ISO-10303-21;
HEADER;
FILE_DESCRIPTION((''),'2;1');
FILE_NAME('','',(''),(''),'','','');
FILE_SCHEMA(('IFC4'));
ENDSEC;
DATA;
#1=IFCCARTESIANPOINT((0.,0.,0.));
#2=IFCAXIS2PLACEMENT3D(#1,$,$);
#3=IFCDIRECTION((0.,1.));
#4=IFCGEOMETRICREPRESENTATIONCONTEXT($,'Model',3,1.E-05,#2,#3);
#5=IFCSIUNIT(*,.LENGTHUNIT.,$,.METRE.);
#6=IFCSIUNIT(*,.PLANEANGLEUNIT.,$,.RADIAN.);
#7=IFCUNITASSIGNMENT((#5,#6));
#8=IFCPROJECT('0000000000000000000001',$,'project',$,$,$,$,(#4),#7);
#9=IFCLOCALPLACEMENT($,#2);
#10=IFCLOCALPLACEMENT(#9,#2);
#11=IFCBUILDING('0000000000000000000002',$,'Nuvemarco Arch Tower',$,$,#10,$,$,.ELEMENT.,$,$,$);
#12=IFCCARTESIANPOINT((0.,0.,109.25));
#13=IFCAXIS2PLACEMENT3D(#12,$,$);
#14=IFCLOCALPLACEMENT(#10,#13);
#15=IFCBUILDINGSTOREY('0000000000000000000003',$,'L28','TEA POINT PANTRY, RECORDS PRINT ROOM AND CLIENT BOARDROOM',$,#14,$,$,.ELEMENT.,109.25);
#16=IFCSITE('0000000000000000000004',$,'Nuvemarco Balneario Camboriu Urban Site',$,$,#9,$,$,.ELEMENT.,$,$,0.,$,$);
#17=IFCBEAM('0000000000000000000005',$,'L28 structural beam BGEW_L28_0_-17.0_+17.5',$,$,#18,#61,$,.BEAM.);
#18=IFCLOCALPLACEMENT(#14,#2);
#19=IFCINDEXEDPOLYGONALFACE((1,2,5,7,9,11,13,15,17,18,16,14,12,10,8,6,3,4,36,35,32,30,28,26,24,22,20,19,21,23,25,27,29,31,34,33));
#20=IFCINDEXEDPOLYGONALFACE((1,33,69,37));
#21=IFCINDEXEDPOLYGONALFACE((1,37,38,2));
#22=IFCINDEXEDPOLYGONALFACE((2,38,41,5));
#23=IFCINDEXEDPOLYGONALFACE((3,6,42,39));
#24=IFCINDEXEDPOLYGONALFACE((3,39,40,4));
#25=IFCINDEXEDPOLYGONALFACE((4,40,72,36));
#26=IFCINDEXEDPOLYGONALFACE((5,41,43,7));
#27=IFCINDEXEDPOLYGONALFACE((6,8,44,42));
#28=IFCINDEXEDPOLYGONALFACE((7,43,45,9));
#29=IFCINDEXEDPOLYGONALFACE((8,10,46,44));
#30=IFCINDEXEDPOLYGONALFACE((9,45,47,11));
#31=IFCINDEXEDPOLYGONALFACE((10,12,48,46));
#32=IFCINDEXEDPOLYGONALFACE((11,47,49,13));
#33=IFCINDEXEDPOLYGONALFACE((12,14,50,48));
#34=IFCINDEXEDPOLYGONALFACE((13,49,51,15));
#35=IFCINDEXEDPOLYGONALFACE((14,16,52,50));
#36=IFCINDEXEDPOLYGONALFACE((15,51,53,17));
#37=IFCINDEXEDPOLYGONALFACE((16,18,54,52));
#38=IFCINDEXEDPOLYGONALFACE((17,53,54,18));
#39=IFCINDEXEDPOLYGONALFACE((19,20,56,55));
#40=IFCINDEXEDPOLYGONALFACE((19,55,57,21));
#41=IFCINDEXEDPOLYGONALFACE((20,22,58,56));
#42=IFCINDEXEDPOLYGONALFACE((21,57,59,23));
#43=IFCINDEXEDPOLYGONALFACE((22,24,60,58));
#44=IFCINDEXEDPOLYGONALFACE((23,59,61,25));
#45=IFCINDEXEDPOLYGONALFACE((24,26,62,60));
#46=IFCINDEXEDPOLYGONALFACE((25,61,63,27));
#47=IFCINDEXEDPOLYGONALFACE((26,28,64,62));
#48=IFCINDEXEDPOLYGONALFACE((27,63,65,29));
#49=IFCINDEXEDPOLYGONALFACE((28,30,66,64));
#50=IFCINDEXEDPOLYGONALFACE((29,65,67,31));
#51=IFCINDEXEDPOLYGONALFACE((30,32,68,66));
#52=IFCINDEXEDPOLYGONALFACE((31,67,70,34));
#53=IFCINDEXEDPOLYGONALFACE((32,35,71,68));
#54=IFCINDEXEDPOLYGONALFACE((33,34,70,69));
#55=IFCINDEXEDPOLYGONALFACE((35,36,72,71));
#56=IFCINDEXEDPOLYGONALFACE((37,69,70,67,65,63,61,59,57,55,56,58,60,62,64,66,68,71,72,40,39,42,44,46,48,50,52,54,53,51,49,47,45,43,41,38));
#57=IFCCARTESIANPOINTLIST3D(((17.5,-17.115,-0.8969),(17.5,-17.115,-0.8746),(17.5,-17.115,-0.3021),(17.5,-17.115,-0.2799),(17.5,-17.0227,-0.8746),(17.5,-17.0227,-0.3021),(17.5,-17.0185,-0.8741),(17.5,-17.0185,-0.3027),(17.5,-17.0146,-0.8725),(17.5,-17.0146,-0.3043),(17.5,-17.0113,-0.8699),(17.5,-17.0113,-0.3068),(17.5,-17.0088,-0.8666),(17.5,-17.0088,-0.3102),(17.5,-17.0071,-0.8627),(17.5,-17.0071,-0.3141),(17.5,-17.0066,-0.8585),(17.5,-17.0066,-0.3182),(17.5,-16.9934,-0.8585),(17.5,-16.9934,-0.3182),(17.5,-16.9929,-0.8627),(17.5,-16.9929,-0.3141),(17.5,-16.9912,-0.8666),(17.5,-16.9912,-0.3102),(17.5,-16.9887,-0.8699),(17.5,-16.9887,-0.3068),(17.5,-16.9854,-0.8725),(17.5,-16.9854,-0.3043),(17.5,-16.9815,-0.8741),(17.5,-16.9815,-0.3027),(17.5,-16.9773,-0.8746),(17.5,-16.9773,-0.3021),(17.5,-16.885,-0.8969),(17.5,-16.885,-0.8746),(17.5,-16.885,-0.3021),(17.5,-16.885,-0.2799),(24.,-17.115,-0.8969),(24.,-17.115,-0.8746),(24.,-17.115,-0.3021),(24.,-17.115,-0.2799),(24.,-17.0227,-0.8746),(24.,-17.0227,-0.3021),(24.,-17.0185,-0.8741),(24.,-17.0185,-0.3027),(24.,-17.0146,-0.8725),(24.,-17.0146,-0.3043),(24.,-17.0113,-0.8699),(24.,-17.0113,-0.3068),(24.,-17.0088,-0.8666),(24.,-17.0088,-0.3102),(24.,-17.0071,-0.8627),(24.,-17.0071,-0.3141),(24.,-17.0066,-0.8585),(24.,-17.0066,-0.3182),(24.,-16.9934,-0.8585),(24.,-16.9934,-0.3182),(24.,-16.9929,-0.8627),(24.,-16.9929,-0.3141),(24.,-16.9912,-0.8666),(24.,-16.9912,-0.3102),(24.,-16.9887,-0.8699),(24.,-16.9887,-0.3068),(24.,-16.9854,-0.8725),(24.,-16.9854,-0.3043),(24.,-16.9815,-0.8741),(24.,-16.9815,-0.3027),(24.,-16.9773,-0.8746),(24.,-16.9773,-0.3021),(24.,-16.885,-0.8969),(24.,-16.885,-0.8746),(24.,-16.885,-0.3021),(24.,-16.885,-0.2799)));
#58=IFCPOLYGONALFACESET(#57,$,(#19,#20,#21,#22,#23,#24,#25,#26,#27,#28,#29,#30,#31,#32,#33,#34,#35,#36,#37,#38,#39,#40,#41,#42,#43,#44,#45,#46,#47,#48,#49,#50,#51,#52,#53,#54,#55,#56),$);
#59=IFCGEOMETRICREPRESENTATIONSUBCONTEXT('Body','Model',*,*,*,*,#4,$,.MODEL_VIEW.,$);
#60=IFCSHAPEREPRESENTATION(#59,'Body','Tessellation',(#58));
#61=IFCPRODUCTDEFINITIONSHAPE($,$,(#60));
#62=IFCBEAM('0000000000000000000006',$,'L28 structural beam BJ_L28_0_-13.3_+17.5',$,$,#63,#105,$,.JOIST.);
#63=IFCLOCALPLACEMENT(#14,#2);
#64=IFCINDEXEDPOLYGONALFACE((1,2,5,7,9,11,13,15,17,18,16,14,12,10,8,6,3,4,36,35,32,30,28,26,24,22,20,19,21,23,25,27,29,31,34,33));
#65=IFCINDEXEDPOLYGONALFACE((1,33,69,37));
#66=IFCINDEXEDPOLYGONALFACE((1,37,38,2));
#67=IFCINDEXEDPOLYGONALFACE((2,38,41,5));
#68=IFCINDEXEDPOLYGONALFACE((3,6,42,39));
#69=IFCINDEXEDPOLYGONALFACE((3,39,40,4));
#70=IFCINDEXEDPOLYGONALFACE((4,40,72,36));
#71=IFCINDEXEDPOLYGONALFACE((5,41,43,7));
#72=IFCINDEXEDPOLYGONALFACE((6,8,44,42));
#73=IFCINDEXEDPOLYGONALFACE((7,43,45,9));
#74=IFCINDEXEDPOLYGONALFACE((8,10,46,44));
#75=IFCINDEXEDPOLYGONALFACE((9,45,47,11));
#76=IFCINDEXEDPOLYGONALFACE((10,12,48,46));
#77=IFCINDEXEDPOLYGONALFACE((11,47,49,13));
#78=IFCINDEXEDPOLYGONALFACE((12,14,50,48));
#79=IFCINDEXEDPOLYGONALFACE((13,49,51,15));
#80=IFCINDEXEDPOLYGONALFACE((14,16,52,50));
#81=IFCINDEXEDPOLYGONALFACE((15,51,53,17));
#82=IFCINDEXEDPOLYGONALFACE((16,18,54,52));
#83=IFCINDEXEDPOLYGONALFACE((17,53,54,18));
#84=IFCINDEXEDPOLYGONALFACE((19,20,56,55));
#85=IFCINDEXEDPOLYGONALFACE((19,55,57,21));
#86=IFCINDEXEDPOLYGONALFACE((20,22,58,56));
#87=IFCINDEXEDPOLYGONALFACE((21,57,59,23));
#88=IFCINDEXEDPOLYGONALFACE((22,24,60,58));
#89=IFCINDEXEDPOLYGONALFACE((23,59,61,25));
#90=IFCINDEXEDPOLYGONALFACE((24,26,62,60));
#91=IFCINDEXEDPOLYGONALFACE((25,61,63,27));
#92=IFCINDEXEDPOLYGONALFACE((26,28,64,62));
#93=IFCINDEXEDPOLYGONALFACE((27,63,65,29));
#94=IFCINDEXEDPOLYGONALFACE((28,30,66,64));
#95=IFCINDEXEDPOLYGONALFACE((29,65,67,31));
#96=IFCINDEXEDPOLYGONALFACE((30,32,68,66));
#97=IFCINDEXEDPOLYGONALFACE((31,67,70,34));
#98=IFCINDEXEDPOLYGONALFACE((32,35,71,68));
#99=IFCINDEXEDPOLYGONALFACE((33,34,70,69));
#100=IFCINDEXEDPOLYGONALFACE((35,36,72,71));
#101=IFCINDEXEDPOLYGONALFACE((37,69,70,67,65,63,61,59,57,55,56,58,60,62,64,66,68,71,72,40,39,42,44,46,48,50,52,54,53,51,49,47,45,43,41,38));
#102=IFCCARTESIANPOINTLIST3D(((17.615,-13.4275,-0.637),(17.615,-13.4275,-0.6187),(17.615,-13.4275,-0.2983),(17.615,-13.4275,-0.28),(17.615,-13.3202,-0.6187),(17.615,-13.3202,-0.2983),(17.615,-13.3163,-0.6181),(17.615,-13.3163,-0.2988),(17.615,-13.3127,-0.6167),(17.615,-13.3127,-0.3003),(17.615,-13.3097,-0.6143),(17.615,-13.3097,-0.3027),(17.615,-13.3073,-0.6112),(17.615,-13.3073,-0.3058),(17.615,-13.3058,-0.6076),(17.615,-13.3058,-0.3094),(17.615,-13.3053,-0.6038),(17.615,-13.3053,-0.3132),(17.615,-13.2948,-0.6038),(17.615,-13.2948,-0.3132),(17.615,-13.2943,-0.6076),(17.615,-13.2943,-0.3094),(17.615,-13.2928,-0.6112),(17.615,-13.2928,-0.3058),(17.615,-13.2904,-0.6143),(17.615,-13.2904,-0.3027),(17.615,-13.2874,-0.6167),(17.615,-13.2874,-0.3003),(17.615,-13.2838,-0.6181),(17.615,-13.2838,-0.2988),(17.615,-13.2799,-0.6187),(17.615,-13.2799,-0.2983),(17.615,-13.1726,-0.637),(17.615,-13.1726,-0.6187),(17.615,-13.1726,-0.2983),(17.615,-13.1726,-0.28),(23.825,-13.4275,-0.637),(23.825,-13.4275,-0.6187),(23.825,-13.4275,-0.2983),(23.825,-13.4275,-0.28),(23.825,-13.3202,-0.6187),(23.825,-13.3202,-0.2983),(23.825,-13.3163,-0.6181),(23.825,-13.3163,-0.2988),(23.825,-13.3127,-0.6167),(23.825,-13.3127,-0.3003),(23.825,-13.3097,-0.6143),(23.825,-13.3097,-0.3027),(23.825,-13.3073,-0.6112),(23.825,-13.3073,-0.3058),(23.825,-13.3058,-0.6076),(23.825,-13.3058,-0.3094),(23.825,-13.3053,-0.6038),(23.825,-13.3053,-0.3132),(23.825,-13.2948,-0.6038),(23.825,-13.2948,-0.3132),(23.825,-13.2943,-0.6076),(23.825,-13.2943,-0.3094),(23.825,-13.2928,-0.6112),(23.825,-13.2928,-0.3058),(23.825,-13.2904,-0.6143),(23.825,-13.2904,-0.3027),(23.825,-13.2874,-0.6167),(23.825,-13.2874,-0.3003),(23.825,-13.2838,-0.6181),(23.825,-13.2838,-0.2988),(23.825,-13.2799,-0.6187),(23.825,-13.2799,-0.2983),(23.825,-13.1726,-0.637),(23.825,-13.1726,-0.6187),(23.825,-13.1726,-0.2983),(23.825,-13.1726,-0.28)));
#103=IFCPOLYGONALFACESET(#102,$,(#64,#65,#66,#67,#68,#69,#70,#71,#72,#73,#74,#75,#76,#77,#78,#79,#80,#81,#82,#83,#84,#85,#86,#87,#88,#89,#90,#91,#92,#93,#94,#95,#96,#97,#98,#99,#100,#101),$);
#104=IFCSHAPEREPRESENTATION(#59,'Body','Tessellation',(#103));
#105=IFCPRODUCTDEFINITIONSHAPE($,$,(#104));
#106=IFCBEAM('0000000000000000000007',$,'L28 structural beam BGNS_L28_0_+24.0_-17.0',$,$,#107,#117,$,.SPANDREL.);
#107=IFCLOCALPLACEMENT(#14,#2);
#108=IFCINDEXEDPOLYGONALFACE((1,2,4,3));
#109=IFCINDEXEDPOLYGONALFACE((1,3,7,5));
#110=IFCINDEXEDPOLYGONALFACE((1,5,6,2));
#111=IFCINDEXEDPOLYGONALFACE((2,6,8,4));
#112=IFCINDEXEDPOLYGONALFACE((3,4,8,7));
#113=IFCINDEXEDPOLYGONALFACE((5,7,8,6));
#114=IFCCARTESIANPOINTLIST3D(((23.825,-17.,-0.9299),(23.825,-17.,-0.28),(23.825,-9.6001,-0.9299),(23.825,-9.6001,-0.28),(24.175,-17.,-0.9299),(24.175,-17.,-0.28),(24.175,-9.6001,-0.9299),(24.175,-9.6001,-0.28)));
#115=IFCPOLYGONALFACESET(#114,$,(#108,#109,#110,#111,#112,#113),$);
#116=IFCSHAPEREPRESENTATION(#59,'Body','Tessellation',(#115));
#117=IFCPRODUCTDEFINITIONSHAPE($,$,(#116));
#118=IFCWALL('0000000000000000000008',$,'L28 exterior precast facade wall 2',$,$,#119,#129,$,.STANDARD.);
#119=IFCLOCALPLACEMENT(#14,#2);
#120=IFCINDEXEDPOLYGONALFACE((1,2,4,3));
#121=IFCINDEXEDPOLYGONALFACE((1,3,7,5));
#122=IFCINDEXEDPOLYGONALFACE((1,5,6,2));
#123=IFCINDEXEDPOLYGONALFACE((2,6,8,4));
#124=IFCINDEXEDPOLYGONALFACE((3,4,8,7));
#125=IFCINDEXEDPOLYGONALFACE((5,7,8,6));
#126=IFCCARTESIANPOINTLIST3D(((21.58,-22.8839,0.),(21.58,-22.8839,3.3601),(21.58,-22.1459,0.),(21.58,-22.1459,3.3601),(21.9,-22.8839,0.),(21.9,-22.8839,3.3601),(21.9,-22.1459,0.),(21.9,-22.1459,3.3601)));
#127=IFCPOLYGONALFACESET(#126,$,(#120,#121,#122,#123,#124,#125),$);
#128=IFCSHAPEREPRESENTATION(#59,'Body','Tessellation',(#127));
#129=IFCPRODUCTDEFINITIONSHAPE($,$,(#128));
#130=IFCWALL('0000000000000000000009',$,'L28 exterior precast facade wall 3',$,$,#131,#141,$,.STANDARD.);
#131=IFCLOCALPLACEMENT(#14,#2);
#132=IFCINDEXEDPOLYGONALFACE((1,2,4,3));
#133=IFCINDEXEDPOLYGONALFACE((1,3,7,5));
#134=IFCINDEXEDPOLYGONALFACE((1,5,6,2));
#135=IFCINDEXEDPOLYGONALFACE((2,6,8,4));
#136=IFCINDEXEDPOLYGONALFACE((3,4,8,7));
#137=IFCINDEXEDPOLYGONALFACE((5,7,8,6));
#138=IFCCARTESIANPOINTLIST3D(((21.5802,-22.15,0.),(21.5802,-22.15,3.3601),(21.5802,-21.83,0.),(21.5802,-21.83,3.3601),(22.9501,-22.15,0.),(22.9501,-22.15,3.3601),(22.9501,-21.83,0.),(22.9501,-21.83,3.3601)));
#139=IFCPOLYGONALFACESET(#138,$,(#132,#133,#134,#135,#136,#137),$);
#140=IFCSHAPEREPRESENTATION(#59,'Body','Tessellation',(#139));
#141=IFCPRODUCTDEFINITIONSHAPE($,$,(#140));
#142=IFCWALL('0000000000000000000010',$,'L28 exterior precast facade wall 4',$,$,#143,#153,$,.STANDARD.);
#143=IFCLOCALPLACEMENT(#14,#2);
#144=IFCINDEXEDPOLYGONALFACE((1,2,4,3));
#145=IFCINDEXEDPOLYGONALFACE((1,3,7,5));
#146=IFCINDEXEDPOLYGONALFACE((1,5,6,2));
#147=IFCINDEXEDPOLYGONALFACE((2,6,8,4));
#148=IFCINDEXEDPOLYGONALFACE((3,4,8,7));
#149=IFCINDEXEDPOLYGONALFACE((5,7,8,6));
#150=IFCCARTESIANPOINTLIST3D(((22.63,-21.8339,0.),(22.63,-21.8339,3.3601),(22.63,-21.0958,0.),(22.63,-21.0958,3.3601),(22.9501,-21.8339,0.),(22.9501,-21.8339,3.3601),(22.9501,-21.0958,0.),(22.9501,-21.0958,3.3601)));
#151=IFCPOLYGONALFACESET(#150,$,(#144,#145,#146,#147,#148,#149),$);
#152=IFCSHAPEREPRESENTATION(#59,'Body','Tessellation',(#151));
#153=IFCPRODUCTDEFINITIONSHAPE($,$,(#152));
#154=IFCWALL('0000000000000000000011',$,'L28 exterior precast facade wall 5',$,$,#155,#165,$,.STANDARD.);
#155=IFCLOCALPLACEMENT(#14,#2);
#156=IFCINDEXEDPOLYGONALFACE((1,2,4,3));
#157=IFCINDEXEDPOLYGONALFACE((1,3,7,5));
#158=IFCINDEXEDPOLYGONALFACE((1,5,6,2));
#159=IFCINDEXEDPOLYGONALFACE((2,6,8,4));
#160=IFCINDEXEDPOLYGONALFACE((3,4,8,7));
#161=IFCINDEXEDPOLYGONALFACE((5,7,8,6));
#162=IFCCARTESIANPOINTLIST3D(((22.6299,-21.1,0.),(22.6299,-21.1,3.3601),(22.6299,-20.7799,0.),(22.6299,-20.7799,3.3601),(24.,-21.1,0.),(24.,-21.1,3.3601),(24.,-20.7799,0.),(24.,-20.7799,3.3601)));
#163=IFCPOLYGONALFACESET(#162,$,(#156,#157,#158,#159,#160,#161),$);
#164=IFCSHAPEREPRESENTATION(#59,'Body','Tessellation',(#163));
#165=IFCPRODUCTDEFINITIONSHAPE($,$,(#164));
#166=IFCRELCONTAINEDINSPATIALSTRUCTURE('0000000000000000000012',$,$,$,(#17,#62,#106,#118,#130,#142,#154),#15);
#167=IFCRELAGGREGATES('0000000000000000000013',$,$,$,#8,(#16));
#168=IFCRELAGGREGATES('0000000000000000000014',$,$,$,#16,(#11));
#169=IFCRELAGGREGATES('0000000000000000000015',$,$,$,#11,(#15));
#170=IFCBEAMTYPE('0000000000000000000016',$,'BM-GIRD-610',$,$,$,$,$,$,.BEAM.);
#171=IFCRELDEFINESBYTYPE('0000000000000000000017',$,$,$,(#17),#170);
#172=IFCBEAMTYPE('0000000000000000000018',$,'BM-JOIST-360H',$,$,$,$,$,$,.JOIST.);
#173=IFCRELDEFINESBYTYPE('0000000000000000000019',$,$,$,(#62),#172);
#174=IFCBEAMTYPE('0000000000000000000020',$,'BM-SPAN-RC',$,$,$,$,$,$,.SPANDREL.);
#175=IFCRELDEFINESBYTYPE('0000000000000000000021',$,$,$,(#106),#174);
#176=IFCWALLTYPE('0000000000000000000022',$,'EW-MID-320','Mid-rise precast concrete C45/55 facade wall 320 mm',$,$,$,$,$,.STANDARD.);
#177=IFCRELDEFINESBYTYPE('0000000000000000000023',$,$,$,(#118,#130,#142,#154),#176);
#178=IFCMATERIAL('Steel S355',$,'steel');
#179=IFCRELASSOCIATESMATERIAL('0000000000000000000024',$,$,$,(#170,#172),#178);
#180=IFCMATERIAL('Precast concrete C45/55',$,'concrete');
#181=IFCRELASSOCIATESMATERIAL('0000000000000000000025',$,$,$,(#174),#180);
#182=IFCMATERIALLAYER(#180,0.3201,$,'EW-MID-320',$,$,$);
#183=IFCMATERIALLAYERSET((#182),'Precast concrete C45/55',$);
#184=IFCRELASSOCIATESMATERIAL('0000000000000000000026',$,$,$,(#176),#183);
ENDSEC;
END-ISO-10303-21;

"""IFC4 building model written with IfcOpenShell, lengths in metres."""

from ifc_helpers import new_model, si_unit, direction, frame, frame_2d, origin, origin_2d, place, context, subcontext, project, spatial, rectangle, i_section, extrude, material, layer, layer_set, material_profile, profile_set, type_object, element, save


model = new_model("IFC4")

# Units and contexts
model_context = context("Model", 3, precision=1e-05, world=origin(), true_north=direction((0.0, 1.0)))
body_context = subcontext(model_context, "Body", "Model", "MODEL_VIEW")
ifc_project = project(units=[si_unit("LENGTHUNIT", "METRE"), si_unit("PLANEANGLEUNIT", "RADIAN")], contexts=[model_context])

# Site, building, storey
site_placement = place(None, origin())
site = spatial("IfcSite", under=ifc_project, at=site_placement, Name="Nuvemarco Balneario Camboriu Urban Site", CompositionType="ELEMENT", RefElevation=0.0)
building_placement = place(site_placement, origin())
building = spatial("IfcBuilding", under=site, at=building_placement, Name="Nuvemarco Arch Tower", CompositionType="ELEMENT")
storey_placement = place(building_placement, frame((0.0, 0.0, 109.25)))
storey = spatial("IfcBuildingStorey", under=building, at=storey_placement, Name="L28", Description="TEA POINT PANTRY, RECORDS PRINT ROOM AND CLIENT BOARDROOM", CompositionType="ELEMENT", Elevation=109.25)

# Shared definitions
ifc_material_1 = material(Name="Steel S355", Category="steel")

# Beams
ifc_material_profile_1 = material_profile(ifc_material_1, i_section(OverallWidth=0.23, OverallDepth=0.6169, WebThickness=0.0132, FlangeThickness=0.0222, FilletRadius=0.0161, at=origin_2d()), Name="W610x140")
ifc_profile_set_1 = profile_set([ifc_material_profile_1], Name="Steel S355")
beam_type_1 = type_object("IfcBeamType", Name="BM-GIRD-610", PredefinedType="BEAM", material=ifc_profile_set_1)
beam_1_placement = place(storey_placement, frame((17.5, -17.0, -0.5884), z_axis=(1.0, 0.0, 0.0), x_axis=(0.0, 1.0, 0.0)))
element("IfcBeam", 1, at=beam_1_placement, inside=storey, type_object=beam_type_1, Name="L28 structural beam BGEW_L28_0_-17.0_+17.5", PredefinedType="BEAM", context=body_context, shape_type="SweptSolid", body=[
    extrude(i_section(OverallWidth=0.23, OverallDepth=0.6169, WebThickness=0.0132, FlangeThickness=0.0222, FilletRadius=0.0161, at=origin_2d()), origin(), (0.0, 0.0, 1.0), 6.5),
])
ifc_material_profile_2 = material_profile(ifc_material_1, i_section(OverallWidth=0.2549, OverallDepth=0.3569, WebThickness=0.0105, FlangeThickness=0.0183, FilletRadius=0.0149, at=origin_2d()), Name="W360x101")
ifc_profile_set_2 = profile_set([ifc_material_profile_2], Name="Steel S355")
beam_type_2 = type_object("IfcBeamType", Name="BM-JOIST-360H", PredefinedType="JOIST", material=ifc_profile_set_2)
beam_2_placement = place(storey_placement, frame((17.615, -13.3, -0.4585), z_axis=(1.0, 0.0, 0.0), x_axis=(0.0, 1.0, 0.0)))
element("IfcBeam", 2, at=beam_2_placement, inside=storey, type_object=beam_type_2, Name="L28 structural beam BJ_L28_0_-13.3_+17.5", PredefinedType="JOIST", context=body_context, shape_type="SweptSolid", body=[
    extrude(i_section(OverallWidth=0.2549, OverallDepth=0.3569, WebThickness=0.0105, FlangeThickness=0.0183, FilletRadius=0.0149, at=origin_2d()), origin(), (0.0, 0.0, 1.0), 6.21),
])
ifc_material_2 = material(Name="Precast concrete C45/55", Category="concrete")
ifc_material_profile_3 = material_profile(ifc_material_2, rectangle(XDim=0.3501, YDim=0.6499, at=origin_2d()), Name="PC-SP-350x650")
ifc_profile_set_3 = profile_set([ifc_material_profile_3], Name="Precast concrete C45/55")
beam_type_3 = type_object("IfcBeamType", Name="BM-SPAN-RC", PredefinedType="SPANDREL", material=ifc_profile_set_3)
beam_3_placement = place(storey_placement, frame((24.0, -17.0, -0.605), z_axis=(0.0, 1.0, 0.0), x_axis=(-1.0, 0.0, 0.0)))
element("IfcBeam", 3, at=beam_3_placement, inside=storey, type_object=beam_type_3, Name="L28 structural beam BGNS_L28_0_+24.0_-17.0", PredefinedType="SPANDREL", context=body_context, shape_type="SweptSolid", body=[
    extrude(rectangle(XDim=0.3501, YDim=0.6499, at=origin_2d()), origin(), (0.0, 0.0, 1.0), 7.3999),
])

# Walls
ifc_layer_1 = layer(ifc_material_2, 0.3201, Name="EW-MID-320")
ifc_layer_set_1 = layer_set([ifc_layer_1], Name="Precast concrete C45/55")
wall_type_1 = type_object("IfcWallType", Name="EW-MID-320", Description="Mid-rise precast concrete C45/55 facade wall 320 mm", PredefinedType="STANDARD", material=ifc_layer_set_1)
wall_1_placement = place(storey_placement, frame((21.74, -22.884, 0.0), z_axis=(0.0, 0.0, 1.0), x_axis=(0.0, 1.0, 0.0)))
element("IfcWall", 4, at=wall_1_placement, inside=storey, type_object=wall_type_1, Name="L28 exterior precast facade wall 2", PredefinedType="STANDARD", context=body_context, shape_type="SweptSolid", body=[
    extrude(rectangle(XDim=0.738, YDim=0.3201, at=frame_2d((0.3691, 0.0))), origin(), (0.0, 0.0, 1.0), 3.3601),
])
wall_2_placement = place(storey_placement, frame((21.5801, -21.99, 0.0), z_axis=(0.0, 0.0, 1.0), x_axis=(1.0, 0.0, 0.0)))
element("IfcWall", 5, at=wall_2_placement, inside=storey, type_object=wall_type_1, Name="L28 exterior precast facade wall 3", PredefinedType="STANDARD", context=body_context, shape_type="SweptSolid", body=[
    extrude(rectangle(XDim=1.3699, YDim=0.3201, at=frame_2d((0.6851, 0.0))), origin(), (0.0, 0.0, 1.0), 3.3601),
])
wall_3_placement = place(storey_placement, frame((22.79, -21.834, 0.0), z_axis=(0.0, 0.0, 1.0), x_axis=(0.0, 1.0, 0.0)))
element("IfcWall", 6, at=wall_3_placement, inside=storey, type_object=wall_type_1, Name="L28 exterior precast facade wall 4", PredefinedType="STANDARD", context=body_context, shape_type="SweptSolid", body=[
    extrude(rectangle(XDim=0.738, YDim=0.3201, at=frame_2d((0.3691, 0.0))), origin(), (0.0, 0.0, 1.0), 3.3601),
])
wall_4_placement = place(storey_placement, frame((22.6299, -20.9399, 0.0), z_axis=(0.0, 0.0, 1.0), x_axis=(1.0, 0.0, 0.0)))
element("IfcWall", 7, at=wall_4_placement, inside=storey, type_object=wall_type_1, Name="L28 exterior precast facade wall 5", PredefinedType="STANDARD", context=body_context, shape_type="SweptSolid", body=[
    extrude(rectangle(XDim=1.3701, YDim=0.3201, at=frame_2d((0.6851, 0.0))), origin(), (0.0, 0.0, 1.0), 3.3601),
])

save(model, "model.ifc")
